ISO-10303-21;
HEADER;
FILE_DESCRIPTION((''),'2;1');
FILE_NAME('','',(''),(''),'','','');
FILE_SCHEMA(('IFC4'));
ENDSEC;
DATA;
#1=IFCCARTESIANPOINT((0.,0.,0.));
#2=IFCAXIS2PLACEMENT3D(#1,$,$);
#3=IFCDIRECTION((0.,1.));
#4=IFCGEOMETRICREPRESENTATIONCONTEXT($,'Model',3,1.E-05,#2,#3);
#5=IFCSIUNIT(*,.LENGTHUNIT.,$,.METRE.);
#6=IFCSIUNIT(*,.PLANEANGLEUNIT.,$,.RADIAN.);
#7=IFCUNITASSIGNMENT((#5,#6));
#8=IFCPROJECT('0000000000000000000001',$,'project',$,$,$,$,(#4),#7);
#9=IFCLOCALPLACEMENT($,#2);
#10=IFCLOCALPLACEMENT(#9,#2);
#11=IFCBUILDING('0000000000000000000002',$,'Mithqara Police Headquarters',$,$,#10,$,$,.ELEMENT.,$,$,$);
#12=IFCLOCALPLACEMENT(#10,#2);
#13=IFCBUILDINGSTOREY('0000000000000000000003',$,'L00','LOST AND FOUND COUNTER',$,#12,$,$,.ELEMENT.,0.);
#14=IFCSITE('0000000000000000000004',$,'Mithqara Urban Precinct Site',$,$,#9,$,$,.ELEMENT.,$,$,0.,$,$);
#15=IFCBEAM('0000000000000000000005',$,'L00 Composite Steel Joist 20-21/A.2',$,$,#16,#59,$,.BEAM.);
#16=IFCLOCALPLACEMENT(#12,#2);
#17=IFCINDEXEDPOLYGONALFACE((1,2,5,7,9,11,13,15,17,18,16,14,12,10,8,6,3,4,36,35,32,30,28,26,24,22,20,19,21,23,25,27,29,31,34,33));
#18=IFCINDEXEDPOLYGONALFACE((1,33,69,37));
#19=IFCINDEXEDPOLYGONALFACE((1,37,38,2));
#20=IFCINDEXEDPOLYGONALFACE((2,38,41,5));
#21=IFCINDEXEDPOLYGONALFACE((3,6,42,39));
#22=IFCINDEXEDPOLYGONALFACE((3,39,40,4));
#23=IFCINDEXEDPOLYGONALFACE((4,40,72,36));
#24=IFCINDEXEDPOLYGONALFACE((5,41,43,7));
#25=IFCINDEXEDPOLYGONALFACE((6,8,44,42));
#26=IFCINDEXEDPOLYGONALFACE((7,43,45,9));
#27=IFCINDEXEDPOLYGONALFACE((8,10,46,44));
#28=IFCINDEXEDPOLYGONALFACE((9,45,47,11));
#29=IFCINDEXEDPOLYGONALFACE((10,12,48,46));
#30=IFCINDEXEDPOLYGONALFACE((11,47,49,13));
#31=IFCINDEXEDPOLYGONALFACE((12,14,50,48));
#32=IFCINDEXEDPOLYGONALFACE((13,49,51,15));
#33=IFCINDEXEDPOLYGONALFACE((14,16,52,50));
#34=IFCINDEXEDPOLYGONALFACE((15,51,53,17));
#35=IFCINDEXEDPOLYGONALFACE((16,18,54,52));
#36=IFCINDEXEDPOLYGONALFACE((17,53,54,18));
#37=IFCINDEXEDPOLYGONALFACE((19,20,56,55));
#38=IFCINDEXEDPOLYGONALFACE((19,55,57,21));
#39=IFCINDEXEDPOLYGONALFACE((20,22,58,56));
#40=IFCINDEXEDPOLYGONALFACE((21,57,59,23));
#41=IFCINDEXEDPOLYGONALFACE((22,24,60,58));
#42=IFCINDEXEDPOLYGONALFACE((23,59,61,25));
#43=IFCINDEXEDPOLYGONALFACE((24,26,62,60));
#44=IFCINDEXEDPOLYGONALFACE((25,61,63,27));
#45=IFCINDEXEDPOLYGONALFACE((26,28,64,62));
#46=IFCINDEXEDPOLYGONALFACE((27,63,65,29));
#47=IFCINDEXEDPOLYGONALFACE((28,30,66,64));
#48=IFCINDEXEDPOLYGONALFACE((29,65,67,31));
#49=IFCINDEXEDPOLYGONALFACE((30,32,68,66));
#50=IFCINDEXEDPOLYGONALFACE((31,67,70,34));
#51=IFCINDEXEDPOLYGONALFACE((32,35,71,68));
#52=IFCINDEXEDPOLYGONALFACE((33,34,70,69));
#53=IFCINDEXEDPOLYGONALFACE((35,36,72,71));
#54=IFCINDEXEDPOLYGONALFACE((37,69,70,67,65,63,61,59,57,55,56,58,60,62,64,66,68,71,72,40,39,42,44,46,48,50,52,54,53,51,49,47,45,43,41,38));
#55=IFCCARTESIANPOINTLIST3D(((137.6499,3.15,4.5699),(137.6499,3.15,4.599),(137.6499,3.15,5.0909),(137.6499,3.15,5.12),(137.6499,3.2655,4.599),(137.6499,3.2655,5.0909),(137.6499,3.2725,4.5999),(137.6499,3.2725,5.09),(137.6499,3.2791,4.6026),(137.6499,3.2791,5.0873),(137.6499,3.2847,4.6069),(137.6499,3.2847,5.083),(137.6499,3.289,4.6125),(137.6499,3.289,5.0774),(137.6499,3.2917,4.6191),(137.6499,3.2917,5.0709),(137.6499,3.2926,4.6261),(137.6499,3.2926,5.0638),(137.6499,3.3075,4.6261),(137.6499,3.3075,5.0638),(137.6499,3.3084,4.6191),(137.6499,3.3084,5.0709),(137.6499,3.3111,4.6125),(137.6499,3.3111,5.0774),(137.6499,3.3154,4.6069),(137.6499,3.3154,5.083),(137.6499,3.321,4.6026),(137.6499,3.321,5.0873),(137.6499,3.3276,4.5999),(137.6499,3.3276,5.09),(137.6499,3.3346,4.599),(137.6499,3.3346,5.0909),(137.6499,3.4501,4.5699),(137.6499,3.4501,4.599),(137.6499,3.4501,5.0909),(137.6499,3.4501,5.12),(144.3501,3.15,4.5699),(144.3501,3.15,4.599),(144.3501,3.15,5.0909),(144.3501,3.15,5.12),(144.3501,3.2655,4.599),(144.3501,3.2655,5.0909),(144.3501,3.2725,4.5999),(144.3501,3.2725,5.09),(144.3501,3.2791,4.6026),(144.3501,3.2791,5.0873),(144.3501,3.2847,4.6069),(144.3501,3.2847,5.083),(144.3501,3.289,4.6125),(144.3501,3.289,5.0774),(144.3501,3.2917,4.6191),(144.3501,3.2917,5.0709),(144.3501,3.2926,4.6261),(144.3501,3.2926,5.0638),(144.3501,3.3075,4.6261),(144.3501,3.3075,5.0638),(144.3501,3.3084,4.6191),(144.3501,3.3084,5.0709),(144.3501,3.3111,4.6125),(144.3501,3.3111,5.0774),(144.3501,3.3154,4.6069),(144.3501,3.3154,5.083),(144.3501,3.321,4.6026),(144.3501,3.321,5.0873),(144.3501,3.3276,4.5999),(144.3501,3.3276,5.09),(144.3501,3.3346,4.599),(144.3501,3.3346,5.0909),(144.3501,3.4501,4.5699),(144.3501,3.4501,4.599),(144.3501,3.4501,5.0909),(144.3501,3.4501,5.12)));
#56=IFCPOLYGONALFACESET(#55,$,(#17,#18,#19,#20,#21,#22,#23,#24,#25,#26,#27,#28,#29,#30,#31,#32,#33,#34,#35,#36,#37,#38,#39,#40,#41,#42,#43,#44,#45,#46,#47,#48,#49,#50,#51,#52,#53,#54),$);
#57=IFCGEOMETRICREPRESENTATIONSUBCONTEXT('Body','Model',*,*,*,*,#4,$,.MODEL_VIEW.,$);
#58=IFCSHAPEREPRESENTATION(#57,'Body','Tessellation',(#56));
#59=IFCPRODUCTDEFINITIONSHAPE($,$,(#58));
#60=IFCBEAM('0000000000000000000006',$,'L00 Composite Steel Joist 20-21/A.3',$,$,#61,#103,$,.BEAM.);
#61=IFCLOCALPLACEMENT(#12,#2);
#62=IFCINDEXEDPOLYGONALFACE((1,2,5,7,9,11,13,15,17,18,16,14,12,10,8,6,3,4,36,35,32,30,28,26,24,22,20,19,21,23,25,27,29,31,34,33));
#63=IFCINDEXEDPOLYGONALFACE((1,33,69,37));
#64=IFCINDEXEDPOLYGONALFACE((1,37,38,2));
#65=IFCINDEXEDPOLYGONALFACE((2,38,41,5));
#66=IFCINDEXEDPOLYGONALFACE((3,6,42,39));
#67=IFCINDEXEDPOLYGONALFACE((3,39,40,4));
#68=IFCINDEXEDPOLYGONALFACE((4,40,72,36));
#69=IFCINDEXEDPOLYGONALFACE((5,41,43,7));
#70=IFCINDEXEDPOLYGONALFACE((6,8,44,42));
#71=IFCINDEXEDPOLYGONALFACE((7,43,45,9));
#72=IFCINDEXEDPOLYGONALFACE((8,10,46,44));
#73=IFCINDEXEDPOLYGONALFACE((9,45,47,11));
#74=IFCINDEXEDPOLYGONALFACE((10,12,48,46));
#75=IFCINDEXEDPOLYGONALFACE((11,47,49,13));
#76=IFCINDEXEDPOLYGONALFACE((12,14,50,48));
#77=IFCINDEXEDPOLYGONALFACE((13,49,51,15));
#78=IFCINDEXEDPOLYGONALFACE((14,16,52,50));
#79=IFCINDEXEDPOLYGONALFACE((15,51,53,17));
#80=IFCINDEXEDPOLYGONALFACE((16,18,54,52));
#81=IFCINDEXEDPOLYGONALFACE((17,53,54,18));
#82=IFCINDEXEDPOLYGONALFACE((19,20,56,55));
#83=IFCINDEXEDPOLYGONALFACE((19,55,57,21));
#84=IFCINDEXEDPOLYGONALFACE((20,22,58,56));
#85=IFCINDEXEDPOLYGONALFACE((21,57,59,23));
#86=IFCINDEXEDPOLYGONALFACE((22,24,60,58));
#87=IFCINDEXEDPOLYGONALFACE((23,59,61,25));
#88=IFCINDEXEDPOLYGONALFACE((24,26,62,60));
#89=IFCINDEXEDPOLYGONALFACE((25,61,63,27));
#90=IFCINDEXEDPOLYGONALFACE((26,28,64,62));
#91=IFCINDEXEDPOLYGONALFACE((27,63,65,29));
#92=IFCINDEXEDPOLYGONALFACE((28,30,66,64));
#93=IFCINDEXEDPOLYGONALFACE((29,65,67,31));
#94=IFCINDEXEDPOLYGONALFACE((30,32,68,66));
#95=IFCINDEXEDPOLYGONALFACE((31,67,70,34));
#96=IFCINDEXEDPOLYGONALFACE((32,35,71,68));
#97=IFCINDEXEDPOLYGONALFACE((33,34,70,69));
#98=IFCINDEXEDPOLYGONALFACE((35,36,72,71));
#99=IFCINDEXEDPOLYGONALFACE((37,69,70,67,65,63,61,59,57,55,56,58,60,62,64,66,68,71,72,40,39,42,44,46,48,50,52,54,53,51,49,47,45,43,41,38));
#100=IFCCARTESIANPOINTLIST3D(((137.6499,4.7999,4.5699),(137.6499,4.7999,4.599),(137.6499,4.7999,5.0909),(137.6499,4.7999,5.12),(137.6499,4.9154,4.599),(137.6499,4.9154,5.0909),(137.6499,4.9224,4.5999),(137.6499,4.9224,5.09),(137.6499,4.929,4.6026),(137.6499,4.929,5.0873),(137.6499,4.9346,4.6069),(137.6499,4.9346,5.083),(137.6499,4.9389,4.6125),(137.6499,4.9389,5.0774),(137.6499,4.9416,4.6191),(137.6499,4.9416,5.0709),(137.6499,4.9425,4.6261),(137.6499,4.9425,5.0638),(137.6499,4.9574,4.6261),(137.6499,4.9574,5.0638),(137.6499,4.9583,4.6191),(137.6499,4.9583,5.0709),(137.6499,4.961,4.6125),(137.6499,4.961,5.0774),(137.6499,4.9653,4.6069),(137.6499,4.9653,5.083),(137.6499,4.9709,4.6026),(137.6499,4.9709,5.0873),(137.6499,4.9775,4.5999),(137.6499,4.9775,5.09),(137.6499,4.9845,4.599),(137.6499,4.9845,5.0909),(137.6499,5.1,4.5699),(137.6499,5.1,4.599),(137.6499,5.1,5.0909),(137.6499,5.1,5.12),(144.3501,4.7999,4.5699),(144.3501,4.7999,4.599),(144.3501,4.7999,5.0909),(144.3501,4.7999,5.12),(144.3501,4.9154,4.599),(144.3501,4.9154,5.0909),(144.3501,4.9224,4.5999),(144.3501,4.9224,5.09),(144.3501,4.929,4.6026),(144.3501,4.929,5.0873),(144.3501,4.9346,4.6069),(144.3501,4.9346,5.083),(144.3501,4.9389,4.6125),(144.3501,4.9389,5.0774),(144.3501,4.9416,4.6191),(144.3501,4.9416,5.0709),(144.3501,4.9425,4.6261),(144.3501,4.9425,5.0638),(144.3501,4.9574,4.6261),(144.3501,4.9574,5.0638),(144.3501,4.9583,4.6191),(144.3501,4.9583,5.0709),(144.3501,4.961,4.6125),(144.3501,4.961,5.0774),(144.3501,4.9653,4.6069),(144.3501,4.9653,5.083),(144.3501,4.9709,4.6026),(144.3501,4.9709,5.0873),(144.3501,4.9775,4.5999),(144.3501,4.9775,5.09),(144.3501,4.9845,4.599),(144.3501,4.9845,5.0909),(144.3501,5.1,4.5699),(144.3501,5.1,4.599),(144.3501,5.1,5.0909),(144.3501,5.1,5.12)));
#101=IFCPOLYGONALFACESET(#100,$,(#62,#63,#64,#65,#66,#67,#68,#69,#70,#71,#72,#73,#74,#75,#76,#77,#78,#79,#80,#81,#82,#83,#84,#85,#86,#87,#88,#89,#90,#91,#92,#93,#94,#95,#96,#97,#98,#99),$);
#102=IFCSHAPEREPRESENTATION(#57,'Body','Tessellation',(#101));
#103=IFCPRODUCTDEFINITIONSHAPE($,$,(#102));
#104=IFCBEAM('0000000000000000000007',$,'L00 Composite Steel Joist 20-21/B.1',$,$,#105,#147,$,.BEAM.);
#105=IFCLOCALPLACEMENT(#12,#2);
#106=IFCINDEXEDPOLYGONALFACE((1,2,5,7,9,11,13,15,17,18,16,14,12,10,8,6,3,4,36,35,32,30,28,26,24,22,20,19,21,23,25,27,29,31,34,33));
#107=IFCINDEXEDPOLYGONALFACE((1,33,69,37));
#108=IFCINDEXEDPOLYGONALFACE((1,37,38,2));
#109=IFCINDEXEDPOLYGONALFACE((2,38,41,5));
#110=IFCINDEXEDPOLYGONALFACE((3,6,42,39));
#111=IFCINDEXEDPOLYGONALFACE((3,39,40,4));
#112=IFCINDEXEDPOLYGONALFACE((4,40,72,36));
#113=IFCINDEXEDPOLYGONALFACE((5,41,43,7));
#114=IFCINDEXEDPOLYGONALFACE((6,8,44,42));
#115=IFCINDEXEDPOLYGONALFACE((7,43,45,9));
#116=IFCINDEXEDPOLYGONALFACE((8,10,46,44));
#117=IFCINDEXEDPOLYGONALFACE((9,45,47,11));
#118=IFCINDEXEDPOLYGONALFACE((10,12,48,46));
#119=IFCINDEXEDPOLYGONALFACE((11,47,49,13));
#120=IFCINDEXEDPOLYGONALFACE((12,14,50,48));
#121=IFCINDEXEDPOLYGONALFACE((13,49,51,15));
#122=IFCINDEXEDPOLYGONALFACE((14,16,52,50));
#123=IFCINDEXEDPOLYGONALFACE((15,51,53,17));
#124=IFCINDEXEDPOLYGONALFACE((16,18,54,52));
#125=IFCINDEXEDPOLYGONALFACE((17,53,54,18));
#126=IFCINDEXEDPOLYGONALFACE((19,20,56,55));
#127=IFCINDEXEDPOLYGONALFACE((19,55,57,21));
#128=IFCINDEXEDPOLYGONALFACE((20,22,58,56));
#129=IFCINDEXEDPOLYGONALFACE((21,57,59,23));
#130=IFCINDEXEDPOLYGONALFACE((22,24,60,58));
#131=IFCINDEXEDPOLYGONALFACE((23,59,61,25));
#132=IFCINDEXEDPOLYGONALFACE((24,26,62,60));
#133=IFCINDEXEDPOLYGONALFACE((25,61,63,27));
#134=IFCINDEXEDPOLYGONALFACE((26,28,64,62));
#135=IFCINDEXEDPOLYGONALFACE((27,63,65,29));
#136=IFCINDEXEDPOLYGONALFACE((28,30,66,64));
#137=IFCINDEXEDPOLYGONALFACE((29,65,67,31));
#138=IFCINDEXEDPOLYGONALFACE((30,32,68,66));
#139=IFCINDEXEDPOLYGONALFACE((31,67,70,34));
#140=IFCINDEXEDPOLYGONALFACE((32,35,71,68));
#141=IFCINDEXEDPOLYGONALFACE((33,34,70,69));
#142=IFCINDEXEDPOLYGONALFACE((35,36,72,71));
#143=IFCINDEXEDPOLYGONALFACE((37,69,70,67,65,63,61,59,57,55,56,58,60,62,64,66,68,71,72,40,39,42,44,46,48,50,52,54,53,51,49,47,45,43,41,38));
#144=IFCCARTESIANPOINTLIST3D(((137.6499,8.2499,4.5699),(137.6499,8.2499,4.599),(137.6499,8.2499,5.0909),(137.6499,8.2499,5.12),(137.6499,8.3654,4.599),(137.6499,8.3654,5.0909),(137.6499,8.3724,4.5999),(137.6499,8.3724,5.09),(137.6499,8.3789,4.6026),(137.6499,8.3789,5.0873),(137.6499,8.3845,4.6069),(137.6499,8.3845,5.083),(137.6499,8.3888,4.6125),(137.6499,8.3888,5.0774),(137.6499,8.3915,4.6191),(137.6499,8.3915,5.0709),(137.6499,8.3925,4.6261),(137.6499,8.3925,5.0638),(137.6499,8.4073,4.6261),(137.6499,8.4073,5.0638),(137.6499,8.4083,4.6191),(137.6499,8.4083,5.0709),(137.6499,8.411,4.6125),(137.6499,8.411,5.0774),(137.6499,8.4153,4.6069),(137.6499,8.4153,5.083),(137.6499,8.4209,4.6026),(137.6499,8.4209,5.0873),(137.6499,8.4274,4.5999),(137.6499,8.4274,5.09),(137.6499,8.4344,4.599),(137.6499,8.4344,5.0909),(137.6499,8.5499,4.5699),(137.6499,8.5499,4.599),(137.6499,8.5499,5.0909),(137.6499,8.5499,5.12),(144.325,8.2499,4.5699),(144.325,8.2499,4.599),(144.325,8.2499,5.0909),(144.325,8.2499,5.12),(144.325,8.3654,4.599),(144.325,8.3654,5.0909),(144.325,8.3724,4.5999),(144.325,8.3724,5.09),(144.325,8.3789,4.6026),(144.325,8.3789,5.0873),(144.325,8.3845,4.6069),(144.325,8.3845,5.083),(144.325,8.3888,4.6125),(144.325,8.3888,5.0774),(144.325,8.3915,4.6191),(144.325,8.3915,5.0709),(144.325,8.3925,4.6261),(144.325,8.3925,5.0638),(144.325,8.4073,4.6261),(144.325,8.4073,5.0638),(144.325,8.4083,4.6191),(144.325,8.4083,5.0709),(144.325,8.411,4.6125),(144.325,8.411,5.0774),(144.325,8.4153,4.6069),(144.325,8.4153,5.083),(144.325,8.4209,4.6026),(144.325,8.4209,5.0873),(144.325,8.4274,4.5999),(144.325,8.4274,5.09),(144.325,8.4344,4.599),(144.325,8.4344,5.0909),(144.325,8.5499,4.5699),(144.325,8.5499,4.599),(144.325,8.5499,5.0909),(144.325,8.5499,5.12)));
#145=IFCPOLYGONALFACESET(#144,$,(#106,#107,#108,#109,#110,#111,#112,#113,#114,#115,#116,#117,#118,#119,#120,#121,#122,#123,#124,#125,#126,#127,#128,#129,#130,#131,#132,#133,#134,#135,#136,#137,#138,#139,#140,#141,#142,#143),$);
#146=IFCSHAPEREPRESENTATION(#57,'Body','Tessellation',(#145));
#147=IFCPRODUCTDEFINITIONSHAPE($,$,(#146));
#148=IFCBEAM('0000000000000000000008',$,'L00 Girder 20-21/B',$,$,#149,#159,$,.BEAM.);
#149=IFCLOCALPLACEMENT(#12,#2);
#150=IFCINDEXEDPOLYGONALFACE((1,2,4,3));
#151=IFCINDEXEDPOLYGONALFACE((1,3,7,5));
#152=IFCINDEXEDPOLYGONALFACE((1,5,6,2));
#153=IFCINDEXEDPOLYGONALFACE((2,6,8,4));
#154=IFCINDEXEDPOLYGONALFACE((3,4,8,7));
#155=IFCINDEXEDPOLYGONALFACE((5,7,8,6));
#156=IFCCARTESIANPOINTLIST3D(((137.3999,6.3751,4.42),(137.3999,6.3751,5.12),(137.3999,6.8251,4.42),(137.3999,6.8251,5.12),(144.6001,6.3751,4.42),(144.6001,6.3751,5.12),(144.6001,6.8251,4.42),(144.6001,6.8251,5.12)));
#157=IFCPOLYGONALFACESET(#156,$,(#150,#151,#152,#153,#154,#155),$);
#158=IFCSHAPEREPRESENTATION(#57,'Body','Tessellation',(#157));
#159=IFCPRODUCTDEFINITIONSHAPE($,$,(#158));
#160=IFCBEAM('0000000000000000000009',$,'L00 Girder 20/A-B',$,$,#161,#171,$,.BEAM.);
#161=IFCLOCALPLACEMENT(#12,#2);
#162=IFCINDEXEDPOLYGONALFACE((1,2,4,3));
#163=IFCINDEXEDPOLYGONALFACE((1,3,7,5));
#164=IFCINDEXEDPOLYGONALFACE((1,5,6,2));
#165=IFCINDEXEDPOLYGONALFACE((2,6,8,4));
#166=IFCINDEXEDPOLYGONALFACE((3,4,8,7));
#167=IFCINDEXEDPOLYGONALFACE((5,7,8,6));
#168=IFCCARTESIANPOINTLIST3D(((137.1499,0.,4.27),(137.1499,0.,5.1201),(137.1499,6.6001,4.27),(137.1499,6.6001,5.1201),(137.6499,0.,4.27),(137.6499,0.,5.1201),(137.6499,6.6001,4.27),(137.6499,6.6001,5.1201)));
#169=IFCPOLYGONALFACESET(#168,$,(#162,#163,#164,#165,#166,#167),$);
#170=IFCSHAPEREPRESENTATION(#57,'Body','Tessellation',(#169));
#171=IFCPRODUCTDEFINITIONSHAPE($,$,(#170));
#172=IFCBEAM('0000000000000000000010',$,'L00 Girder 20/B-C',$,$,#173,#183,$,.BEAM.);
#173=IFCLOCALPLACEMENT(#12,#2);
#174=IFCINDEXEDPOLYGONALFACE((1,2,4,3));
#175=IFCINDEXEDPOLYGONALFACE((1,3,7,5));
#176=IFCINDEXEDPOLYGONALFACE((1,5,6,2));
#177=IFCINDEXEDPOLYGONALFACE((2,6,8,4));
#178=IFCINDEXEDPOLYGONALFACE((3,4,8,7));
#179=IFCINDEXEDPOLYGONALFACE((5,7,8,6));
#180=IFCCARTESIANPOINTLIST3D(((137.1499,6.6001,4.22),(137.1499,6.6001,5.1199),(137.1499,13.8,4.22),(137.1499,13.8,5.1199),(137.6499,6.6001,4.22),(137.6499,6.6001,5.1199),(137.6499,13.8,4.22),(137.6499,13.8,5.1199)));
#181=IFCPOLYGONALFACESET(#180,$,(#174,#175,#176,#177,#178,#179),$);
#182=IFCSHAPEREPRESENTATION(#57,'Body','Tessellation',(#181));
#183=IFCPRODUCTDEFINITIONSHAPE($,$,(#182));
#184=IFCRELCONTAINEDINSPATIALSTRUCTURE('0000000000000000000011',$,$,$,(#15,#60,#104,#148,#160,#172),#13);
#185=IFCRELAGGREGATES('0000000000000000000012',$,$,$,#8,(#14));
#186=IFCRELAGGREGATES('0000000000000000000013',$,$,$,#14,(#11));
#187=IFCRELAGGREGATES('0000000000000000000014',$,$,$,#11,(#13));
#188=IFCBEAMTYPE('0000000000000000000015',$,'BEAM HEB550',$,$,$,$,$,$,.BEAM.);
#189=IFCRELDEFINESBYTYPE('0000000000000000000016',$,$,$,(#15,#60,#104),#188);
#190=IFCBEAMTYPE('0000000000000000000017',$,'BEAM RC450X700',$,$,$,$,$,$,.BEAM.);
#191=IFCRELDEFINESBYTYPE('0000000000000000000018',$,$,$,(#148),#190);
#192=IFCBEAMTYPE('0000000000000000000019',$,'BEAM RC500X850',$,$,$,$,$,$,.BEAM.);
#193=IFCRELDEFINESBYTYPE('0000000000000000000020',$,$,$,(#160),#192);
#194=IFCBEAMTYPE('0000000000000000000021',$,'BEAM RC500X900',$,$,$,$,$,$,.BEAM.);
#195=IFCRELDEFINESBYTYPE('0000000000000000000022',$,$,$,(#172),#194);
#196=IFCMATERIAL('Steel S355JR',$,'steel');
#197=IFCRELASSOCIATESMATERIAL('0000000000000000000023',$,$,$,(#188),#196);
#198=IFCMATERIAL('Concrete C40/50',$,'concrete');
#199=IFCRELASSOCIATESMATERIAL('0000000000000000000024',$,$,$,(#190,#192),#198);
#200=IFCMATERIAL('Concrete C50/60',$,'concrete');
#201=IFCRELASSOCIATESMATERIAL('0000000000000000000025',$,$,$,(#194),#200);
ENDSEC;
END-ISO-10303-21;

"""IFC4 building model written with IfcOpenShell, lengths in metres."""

from ifc_helpers import new_model, si_unit, direction, frame, origin, origin_2d, place, context, subcontext, project, spatial, rectangle, i_section, extrude, material, material_profile, profile_set, type_object, element, save


model = new_model("IFC4")

# Units and contexts
model_context = context("Model", 3, precision=1e-05, world=origin(), true_north=direction((0.0, 1.0)))
body_context = subcontext(model_context, "Body", "Model", "MODEL_VIEW")
ifc_project = project(units=[si_unit("LENGTHUNIT", "METRE"), si_unit("PLANEANGLEUNIT", "RADIAN")], contexts=[model_context])

# Site, building, storey
site_placement = place(None, origin())
site = spatial("IfcSite", under=ifc_project, at=site_placement, Name="Mithqara Urban Precinct Site", CompositionType="ELEMENT", RefElevation=0.0)
building_placement = place(site_placement, origin())
building = spatial("IfcBuilding", under=site, at=building_placement, Name="Mithqara Police Headquarters", CompositionType="ELEMENT")
storey_placement = place(building_placement, origin())
storey = spatial("IfcBuildingStorey", under=building, at=storey_placement, Name="L00", Description="LOST AND FOUND COUNTER", CompositionType="ELEMENT", Elevation=0.0)

# Shared definitions
ifc_material_1 = material(Name="Concrete C40/50", Category="concrete")

# Shared definitions
ifc_material_2 = material(Name="Concrete C50/60", Category="concrete")

# Beams
ifc_material_3 = material(Name="Steel S355JR", Category="steel")
ifc_material_profile_1 = material_profile(ifc_material_3, i_section(OverallWidth=0.3, OverallDepth=0.55, WebThickness=0.0149, FlangeThickness=0.0291, FilletRadius=0.0271, at=origin_2d()), Name="HEB 550")
ifc_profile_set_1 = profile_set([ifc_material_profile_1], Name="Steel S355JR")
beam_type_1 = type_object("IfcBeamType", Name="BEAM HEB550", PredefinedType="BEAM", material=ifc_profile_set_1)
for number, where, z_axis, x_axis, name in (
    (1, (137.6499, 3.3, 4.845), (1.0, 0.0, 0.0), (0.0, 1.0, 0.0), "L00 Composite Steel Joist 20-21/A.2"),
    (2, (137.6499, 4.95, 4.845), (1.0, 0.0, 0.0), (0.0, 1.0, 0.0), "L00 Composite Steel Joist 20-21/A.3"),
):
    element("IfcBeam", number, at=place(storey_placement, frame(where, z_axis=z_axis, x_axis=x_axis)), inside=storey, type_object=beam_type_1, Name=name, PredefinedType="BEAM", context=body_context, shape_type="SweptSolid", body=[
        extrude(i_section(OverallWidth=0.3, OverallDepth=0.55, WebThickness=0.0149, FlangeThickness=0.0291, FilletRadius=0.0271, at=origin_2d()), origin(), (0.0, 0.0, 1.0), 6.7002),
    ])
beam_1_placement = place(storey_placement, frame((137.6499, 8.3999, 4.845), z_axis=(1.0, 0.0, 0.0), x_axis=(0.0, 1.0, 0.0)))
element("IfcBeam", 3, at=beam_1_placement, inside=storey, type_object=beam_type_1, Name="L00 Composite Steel Joist 20-21/B.1", PredefinedType="BEAM", context=body_context, shape_type="SweptSolid", body=[
    extrude(i_section(OverallWidth=0.3, OverallDepth=0.55, WebThickness=0.0149, FlangeThickness=0.0291, FilletRadius=0.0271, at=origin_2d()), origin(), (0.0, 0.0, 1.0), 6.675),
])
ifc_material_profile_2 = material_profile(ifc_material_1, rectangle(XDim=0.45, YDim=0.7, at=origin_2d()), Name="RC 450x700")
ifc_profile_set_2 = profile_set([ifc_material_profile_2], Name="Concrete C40/50")
beam_type_2 = type_object("IfcBeamType", Name="BEAM RC450X700", PredefinedType="BEAM", material=ifc_profile_set_2)
beam_2_placement = place(storey_placement, frame((137.3999, 6.6001, 4.77), z_axis=(1.0, 0.0, 0.0), x_axis=(0.0, 1.0, 0.0)))
element("IfcBeam", 4, at=beam_2_placement, inside=storey, type_object=beam_type_2, Name="L00 Girder 20-21/B", PredefinedType="BEAM", context=body_context, shape_type="SweptSolid", body=[
    extrude(rectangle(XDim=0.45, YDim=0.7, at=origin_2d()), origin(), (0.0, 0.0, 1.0), 7.2002),
])
ifc_material_profile_3 = material_profile(ifc_material_1, rectangle(XDim=0.5, YDim=0.8501, at=origin_2d()), Name="RC 500x850")
ifc_profile_set_3 = profile_set([ifc_material_profile_3], Name="Concrete C40/50")
beam_type_3 = type_object("IfcBeamType", Name="BEAM RC500X850", PredefinedType="BEAM", material=ifc_profile_set_3)
beam_3_placement = place(storey_placement, frame((137.3999, 0.0, 4.6951), z_axis=(0.0, 1.0, 0.0), x_axis=(-1.0, 0.0, 0.0)))
element("IfcBeam", 5, at=beam_3_placement, inside=storey, type_object=beam_type_3, Name="L00 Girder 20/A-B", PredefinedType="BEAM", context=body_context, shape_type="SweptSolid", body=[
    extrude(rectangle(XDim=0.5, YDim=0.8501, at=origin_2d()), origin(), (0.0, 0.0, 1.0), 6.6001),
])
ifc_material_profile_4 = material_profile(ifc_material_2, rectangle(XDim=0.5, YDim=0.8999, at=origin_2d()), Name="RC 500x900")
ifc_profile_set_4 = profile_set([ifc_material_profile_4], Name="Concrete C50/60")
beam_type_4 = type_object("IfcBeamType", Name="BEAM RC500X900", PredefinedType="BEAM", material=ifc_profile_set_4)
beam_4_placement = place(storey_placement, frame((137.3999, 6.6001, 4.6699), z_axis=(0.0, 1.0, 0.0), x_axis=(-1.0, 0.0, 0.0)))
element("IfcBeam", 6, at=beam_4_placement, inside=storey, type_object=beam_type_4, Name="L00 Girder 20/B-C", PredefinedType="BEAM", context=body_context, shape_type="SweptSolid", body=[
    extrude(rectangle(XDim=0.5, YDim=0.8999, at=origin_2d()), origin(), (0.0, 0.0, 1.0), 7.2),
])

save(model, "model.ifc")
